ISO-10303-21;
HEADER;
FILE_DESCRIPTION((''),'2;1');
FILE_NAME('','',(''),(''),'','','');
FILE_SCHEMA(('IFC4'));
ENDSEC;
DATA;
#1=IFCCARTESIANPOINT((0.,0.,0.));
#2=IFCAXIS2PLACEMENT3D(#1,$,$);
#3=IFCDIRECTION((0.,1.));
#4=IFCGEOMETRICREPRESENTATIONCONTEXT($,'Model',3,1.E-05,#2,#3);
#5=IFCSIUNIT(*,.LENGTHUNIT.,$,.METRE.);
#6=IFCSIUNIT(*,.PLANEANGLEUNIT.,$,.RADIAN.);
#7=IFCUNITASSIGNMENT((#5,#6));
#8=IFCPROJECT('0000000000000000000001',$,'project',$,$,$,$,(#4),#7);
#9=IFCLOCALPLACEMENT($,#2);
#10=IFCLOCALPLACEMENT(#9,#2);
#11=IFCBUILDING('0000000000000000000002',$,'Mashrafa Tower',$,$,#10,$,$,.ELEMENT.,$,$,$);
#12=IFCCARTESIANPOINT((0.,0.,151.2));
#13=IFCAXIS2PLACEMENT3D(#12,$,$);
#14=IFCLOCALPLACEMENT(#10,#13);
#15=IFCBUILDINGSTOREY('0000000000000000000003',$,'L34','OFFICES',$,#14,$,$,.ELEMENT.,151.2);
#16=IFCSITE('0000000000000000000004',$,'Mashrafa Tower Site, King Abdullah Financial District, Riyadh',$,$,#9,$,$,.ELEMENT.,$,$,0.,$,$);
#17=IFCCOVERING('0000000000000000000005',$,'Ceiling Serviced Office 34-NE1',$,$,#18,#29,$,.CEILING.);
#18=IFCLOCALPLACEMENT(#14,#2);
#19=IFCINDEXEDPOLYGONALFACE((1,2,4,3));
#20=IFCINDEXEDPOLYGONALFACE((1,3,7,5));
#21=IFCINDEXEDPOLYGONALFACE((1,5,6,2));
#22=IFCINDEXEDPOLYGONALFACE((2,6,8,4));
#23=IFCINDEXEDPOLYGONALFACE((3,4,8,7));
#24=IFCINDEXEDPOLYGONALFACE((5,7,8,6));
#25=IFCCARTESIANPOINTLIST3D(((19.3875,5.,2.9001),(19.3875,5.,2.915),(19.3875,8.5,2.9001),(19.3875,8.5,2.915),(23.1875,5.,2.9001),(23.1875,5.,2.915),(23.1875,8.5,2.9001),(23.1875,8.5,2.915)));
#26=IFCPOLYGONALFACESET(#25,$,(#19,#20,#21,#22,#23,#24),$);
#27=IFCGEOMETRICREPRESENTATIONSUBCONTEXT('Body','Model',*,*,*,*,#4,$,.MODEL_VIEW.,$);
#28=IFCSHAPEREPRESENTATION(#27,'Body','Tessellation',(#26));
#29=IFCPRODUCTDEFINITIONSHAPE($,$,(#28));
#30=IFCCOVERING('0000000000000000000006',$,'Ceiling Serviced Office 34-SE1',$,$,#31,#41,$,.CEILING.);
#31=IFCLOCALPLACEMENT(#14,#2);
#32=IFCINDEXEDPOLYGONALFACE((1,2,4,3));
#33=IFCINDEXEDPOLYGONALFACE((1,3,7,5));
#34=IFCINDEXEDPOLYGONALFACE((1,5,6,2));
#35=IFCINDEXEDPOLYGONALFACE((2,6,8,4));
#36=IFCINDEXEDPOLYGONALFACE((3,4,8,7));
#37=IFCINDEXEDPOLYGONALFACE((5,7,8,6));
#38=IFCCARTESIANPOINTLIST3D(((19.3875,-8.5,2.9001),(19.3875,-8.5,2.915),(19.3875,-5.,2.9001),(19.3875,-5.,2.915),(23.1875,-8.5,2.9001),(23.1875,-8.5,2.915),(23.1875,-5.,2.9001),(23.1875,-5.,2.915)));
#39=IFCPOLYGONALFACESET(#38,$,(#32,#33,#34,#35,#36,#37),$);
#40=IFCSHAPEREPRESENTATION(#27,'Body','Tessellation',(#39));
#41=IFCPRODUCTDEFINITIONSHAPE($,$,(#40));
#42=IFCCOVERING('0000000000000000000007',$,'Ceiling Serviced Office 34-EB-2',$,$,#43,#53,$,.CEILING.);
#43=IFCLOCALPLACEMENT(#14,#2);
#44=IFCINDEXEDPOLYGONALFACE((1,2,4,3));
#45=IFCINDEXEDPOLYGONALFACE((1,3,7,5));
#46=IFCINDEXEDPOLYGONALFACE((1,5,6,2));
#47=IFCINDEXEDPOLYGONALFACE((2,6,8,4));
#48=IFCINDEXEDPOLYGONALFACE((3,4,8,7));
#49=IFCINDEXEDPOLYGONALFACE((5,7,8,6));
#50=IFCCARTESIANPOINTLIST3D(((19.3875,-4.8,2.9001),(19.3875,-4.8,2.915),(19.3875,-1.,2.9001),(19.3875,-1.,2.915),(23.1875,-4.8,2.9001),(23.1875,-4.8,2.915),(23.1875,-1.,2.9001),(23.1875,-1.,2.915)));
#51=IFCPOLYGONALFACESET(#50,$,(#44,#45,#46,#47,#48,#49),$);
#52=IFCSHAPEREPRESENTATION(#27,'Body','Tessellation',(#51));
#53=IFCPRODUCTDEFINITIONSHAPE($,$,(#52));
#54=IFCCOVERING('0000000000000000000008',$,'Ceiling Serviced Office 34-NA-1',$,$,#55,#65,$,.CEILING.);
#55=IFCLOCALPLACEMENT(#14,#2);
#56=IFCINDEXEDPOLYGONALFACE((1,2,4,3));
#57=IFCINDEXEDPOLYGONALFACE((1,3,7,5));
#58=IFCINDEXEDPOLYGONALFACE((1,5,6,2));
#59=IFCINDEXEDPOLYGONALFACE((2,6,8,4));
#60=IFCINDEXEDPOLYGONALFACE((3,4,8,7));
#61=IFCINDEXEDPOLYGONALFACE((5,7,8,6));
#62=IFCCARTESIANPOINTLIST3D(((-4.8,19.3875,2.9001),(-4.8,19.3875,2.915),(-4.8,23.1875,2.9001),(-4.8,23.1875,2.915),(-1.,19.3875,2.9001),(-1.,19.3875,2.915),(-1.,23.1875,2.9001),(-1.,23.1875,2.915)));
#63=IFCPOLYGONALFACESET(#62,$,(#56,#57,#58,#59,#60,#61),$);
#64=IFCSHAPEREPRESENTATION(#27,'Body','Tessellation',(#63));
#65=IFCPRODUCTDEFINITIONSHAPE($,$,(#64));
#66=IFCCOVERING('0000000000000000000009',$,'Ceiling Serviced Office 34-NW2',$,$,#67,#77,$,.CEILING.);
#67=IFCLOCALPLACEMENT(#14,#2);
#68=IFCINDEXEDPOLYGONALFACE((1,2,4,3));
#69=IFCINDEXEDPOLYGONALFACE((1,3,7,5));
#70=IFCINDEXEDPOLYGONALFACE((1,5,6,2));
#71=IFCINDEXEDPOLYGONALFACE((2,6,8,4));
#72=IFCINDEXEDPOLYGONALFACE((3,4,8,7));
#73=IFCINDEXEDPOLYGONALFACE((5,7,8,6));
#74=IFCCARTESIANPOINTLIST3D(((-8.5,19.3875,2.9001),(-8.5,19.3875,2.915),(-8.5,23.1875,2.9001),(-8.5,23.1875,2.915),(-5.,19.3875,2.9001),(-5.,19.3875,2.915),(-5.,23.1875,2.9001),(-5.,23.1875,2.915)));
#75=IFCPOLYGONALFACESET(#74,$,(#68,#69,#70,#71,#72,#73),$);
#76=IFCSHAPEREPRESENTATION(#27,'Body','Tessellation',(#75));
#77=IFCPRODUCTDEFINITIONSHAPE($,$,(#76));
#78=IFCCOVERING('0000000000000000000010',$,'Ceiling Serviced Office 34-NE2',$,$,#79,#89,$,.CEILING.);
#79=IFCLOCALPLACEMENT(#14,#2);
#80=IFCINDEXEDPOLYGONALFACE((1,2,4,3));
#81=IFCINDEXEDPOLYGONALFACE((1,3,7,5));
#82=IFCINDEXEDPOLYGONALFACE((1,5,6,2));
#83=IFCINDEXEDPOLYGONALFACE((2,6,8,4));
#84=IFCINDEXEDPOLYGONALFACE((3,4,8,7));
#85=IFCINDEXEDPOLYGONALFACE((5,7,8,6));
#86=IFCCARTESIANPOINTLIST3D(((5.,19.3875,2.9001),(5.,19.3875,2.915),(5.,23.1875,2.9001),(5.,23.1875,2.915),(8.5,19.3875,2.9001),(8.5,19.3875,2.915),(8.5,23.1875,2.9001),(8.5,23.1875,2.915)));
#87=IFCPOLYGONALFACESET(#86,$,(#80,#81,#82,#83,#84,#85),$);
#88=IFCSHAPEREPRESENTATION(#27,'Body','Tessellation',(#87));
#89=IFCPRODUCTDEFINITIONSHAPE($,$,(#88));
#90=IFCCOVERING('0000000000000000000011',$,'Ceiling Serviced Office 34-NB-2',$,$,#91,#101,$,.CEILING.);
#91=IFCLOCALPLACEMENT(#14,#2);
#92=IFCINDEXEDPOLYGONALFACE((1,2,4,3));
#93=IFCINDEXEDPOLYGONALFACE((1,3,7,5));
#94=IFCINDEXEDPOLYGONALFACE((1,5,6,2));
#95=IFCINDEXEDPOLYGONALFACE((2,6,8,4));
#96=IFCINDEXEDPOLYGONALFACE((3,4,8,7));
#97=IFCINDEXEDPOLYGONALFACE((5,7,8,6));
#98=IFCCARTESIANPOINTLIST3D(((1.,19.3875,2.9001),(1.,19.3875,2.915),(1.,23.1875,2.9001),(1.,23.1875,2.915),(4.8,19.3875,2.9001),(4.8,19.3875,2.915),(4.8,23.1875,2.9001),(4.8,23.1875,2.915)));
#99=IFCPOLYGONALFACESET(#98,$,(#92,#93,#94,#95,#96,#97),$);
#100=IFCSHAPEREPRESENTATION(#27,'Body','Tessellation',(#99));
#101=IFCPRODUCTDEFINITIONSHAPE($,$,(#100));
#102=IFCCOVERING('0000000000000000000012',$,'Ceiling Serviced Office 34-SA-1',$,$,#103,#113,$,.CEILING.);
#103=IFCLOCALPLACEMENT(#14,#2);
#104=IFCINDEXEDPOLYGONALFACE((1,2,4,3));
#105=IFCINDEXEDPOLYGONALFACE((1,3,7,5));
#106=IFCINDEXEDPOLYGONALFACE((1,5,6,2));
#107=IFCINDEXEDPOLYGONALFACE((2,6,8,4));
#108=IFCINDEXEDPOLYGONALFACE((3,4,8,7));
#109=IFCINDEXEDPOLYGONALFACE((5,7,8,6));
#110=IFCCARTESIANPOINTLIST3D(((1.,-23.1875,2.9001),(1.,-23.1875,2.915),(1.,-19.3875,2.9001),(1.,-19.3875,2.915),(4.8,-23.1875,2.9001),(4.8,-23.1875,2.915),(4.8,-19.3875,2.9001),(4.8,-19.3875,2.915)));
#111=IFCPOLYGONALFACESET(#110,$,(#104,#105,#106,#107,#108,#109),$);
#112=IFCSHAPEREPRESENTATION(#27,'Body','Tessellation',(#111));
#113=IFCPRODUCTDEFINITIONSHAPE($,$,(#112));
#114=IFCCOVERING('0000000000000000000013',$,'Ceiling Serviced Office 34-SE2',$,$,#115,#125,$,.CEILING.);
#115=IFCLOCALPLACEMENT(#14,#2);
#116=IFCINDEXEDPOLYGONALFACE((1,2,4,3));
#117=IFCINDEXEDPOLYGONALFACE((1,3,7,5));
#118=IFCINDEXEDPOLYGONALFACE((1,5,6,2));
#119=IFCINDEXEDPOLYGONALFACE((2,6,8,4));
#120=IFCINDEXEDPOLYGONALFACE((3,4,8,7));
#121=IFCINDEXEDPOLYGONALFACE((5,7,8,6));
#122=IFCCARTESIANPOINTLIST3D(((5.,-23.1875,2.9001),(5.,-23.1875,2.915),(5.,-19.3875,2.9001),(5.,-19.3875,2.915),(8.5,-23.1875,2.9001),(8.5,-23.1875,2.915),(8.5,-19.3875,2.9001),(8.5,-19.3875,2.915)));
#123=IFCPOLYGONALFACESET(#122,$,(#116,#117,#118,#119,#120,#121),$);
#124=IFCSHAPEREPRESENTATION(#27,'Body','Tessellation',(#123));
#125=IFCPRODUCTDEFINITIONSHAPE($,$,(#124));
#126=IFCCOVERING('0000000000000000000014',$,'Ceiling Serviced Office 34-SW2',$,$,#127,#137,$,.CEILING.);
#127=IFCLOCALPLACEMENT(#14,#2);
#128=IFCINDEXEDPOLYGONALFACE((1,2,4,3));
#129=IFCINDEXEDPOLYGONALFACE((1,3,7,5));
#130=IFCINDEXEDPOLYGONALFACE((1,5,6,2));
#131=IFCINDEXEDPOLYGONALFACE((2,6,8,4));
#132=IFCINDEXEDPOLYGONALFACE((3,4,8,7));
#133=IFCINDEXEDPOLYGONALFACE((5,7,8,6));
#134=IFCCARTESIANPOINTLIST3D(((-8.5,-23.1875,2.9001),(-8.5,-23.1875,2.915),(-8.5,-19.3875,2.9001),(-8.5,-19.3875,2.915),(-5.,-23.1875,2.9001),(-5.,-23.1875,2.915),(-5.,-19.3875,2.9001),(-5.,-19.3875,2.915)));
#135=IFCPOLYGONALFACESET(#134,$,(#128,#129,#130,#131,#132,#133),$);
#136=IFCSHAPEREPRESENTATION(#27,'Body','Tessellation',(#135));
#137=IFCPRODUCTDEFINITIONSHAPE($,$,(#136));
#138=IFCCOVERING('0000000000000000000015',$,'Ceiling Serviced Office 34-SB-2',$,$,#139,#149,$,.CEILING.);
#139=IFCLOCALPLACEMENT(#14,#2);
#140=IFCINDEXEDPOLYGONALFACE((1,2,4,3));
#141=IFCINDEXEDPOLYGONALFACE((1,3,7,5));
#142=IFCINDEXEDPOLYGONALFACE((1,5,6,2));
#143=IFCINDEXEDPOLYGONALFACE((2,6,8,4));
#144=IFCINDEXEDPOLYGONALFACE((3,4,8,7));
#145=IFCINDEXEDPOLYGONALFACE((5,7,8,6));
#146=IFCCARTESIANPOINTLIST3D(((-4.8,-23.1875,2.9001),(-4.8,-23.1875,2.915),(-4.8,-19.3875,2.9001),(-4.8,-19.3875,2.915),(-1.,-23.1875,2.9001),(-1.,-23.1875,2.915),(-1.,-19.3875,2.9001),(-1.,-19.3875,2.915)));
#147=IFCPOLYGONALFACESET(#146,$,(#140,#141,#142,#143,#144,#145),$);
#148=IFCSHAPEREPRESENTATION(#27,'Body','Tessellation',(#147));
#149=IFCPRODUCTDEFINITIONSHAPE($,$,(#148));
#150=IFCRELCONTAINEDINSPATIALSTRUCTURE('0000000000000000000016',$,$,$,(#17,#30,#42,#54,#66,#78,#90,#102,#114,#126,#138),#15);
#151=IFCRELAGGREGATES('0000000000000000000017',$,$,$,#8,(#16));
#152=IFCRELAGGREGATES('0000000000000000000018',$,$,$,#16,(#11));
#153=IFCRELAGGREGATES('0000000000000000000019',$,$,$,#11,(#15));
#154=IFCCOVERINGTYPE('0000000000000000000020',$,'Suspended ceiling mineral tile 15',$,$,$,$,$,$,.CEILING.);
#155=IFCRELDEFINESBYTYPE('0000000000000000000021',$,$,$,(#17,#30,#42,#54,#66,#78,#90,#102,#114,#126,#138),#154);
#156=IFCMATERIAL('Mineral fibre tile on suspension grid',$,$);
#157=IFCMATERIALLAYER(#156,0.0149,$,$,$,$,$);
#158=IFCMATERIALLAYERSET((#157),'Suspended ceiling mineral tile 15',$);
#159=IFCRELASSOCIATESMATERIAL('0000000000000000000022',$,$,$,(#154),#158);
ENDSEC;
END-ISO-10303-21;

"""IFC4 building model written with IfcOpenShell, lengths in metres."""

from ifc_helpers import new_model, si_unit, direction, frame, origin, place, context, subcontext, project, spatial, polyline, outline, extrude, material, layer, layer_set, type_object, element, save


model = new_model("IFC4")

# Units and contexts
model_context = context("Model", 3, precision=1e-05, world=origin(), true_north=direction((0.0, 1.0)))
body_context = subcontext(model_context, "Body", "Model", "MODEL_VIEW")
ifc_project = project(units=[si_unit("LENGTHUNIT", "METRE"), si_unit("PLANEANGLEUNIT", "RADIAN")], contexts=[model_context])

# Site, building, storey
site_placement = place(None, origin())
site = spatial("IfcSite", under=ifc_project, at=site_placement, Name="Mashrafa Tower Site, King Abdullah Financial District, Riyadh", CompositionType="ELEMENT", RefElevation=0.0)
building_placement = place(site_placement, origin())
building = spatial("IfcBuilding", under=site, at=building_placement, Name="Mashrafa Tower", CompositionType="ELEMENT")
storey_placement = place(building_placement, frame((0.0, 0.0, 151.2)))
storey = spatial("IfcBuildingStorey", under=building, at=storey_placement, Name="L34", Description="OFFICES", CompositionType="ELEMENT", Elevation=151.2)

# Coverings
ifc_material_1 = material(Name="Mineral fibre tile on suspension grid")
ifc_layer_1 = layer(ifc_material_1, 0.0149)
ifc_layer_set_1 = layer_set([ifc_layer_1], Name="Suspended ceiling mineral tile 15")
covering_type = type_object("IfcCoveringType", Name="Suspended ceiling mineral tile 15", PredefinedType="CEILING", material=ifc_layer_set_1)
covering_1_placement = place(storey_placement, frame((0.0, 0.0, 2.9001)))
element("IfcCovering", 1, at=covering_1_placement, inside=storey, type_object=covering_type, Name="Ceiling Serviced Office 34-NE1", PredefinedType="CEILING", context=body_context, shape_type="SweptSolid", body=[
    extrude(outline(polyline([(19.3875, 8.5), (23.1875, 8.5), (23.1875, 5.0), (19.3875, 5.0), (19.3875, 8.5)])), origin(), (0.0, 0.0, 1.0), 0.0149),
])
covering_2_placement = place(storey_placement, frame((0.0, 0.0, 2.9001)))
element("IfcCovering", 2, at=covering_2_placement, inside=storey, type_object=covering_type, Name="Ceiling Serviced Office 34-SE1", PredefinedType="CEILING", context=body_context, shape_type="SweptSolid", body=[
    extrude(outline(polyline([(19.3875, -5.0), (23.1875, -5.0), (23.1875, -8.5), (19.3875, -8.5), (19.3875, -5.0)])), origin(), (0.0, 0.0, 1.0), 0.0149),
])
covering_3_placement = place(storey_placement, frame((0.0, 0.0, 2.9001)))
element("IfcCovering", 3, at=covering_3_placement, inside=storey, type_object=covering_type, Name="Ceiling Serviced Office 34-EB-2", PredefinedType="CEILING", context=body_context, shape_type="SweptSolid", body=[
    extrude(outline(polyline([(19.3875, -1.0), (23.1875, -1.0), (23.1875, -4.8), (19.3875, -4.8), (19.3875, -1.0)])), origin(), (0.0, 0.0, 1.0), 0.0149),
])
covering_4_placement = place(storey_placement, frame((0.0, 0.0, 2.9001)))
element("IfcCovering", 4, at=covering_4_placement, inside=storey, type_object=covering_type, Name="Ceiling Serviced Office 34-NA-1", PredefinedType="CEILING", context=body_context, shape_type="SweptSolid", body=[
    extrude(outline(polyline([(-4.8, 23.1875), (-1.0, 23.1875), (-1.0, 19.3875), (-4.8, 19.3875), (-4.8, 23.1875)])), origin(), (0.0, 0.0, 1.0), 0.0149),
])
covering_5_placement = place(storey_placement, frame((0.0, 0.0, 2.9001)))
element("IfcCovering", 5, at=covering_5_placement, inside=storey, type_object=covering_type, Name="Ceiling Serviced Office 34-NW2", PredefinedType="CEILING", context=body_context, shape_type="SweptSolid", body=[
    extrude(outline(polyline([(-8.5, 23.1875), (-5.0, 23.1875), (-5.0, 19.3875), (-8.5, 19.3875), (-8.5, 23.1875)])), origin(), (0.0, 0.0, 1.0), 0.0149),
])
covering_6_placement = place(storey_placement, frame((0.0, 0.0, 2.9001)))
element("IfcCovering", 6, at=covering_6_placement, inside=storey, type_object=covering_type, Name="Ceiling Serviced Office 34-NE2", PredefinedType="CEILING", context=body_context, shape_type="SweptSolid", body=[
    extrude(outline(polyline([(5.0, 23.1875), (8.5, 23.1875), (8.5, 19.3875), (5.0, 19.3875), (5.0, 23.1875)])), origin(), (0.0, 0.0, 1.0), 0.0149),
])
covering_7_placement = place(storey_placement, frame((0.0, 0.0, 2.9001)))
element("IfcCovering", 7, at=covering_7_placement, inside=storey, type_object=covering_type, Name="Ceiling Serviced Office 34-NB-2", PredefinedType="CEILING", context=body_context, shape_type="SweptSolid", body=[
    extrude(outline(polyline([(1.0, 23.1875), (4.8, 23.1875), (4.8, 19.3875), (1.0, 19.3875), (1.0, 23.1875)])), origin(), (0.0, 0.0, 1.0), 0.0149),
])
covering_8_placement = place(storey_placement, frame((0.0, 0.0, 2.9001)))
element("IfcCovering", 8, at=covering_8_placement, inside=storey, type_object=covering_type, Name="Ceiling Serviced Office 34-SA-1", PredefinedType="CEILING", context=body_context, shape_type="SweptSolid", body=[
    extrude(outline(polyline([(1.0, -19.3875), (4.8, -19.3875), (4.8, -23.1875), (1.0, -23.1875), (1.0, -19.3875)])), origin(), (0.0, 0.0, 1.0), 0.0149),
])
covering_9_placement = place(storey_placement, frame((0.0, 0.0, 2.9001)))
element("IfcCovering", 9, at=covering_9_placement, inside=storey, type_object=covering_type, Name="Ceiling Serviced Office 34-SE2", PredefinedType="CEILING", context=body_context, shape_type="SweptSolid", body=[
    extrude(outline(polyline([(5.0, -19.3875), (8.5, -19.3875), (8.5, -23.1875), (5.0, -23.1875), (5.0, -19.3875)])), origin(), (0.0, 0.0, 1.0), 0.0149),
])
covering_10_placement = place(storey_placement, frame((0.0, 0.0, 2.9001)))
element("IfcCovering", 10, at=covering_10_placement, inside=storey, type_object=covering_type, Name="Ceiling Serviced Office 34-SW2", PredefinedType="CEILING", context=body_context, shape_type="SweptSolid", body=[
    extrude(outline(polyline([(-8.5, -19.3875), (-5.0, -19.3875), (-5.0, -23.1875), (-8.5, -23.1875), (-8.5, -19.3875)])), origin(), (0.0, 0.0, 1.0), 0.0149),
])
covering_11_placement = place(storey_placement, frame((0.0, 0.0, 2.9001)))
element("IfcCovering", 11, at=covering_11_placement, inside=storey, type_object=covering_type, Name="Ceiling Serviced Office 34-SB-2", PredefinedType="CEILING", context=body_context, shape_type="SweptSolid", body=[
    extrude(outline(polyline([(-4.8, -19.3875), (-1.0, -19.3875), (-1.0, -23.1875), (-4.8, -23.1875), (-4.8, -19.3875)])), origin(), (0.0, 0.0, 1.0), 0.0149),
])

save(model, "model.ifc")
